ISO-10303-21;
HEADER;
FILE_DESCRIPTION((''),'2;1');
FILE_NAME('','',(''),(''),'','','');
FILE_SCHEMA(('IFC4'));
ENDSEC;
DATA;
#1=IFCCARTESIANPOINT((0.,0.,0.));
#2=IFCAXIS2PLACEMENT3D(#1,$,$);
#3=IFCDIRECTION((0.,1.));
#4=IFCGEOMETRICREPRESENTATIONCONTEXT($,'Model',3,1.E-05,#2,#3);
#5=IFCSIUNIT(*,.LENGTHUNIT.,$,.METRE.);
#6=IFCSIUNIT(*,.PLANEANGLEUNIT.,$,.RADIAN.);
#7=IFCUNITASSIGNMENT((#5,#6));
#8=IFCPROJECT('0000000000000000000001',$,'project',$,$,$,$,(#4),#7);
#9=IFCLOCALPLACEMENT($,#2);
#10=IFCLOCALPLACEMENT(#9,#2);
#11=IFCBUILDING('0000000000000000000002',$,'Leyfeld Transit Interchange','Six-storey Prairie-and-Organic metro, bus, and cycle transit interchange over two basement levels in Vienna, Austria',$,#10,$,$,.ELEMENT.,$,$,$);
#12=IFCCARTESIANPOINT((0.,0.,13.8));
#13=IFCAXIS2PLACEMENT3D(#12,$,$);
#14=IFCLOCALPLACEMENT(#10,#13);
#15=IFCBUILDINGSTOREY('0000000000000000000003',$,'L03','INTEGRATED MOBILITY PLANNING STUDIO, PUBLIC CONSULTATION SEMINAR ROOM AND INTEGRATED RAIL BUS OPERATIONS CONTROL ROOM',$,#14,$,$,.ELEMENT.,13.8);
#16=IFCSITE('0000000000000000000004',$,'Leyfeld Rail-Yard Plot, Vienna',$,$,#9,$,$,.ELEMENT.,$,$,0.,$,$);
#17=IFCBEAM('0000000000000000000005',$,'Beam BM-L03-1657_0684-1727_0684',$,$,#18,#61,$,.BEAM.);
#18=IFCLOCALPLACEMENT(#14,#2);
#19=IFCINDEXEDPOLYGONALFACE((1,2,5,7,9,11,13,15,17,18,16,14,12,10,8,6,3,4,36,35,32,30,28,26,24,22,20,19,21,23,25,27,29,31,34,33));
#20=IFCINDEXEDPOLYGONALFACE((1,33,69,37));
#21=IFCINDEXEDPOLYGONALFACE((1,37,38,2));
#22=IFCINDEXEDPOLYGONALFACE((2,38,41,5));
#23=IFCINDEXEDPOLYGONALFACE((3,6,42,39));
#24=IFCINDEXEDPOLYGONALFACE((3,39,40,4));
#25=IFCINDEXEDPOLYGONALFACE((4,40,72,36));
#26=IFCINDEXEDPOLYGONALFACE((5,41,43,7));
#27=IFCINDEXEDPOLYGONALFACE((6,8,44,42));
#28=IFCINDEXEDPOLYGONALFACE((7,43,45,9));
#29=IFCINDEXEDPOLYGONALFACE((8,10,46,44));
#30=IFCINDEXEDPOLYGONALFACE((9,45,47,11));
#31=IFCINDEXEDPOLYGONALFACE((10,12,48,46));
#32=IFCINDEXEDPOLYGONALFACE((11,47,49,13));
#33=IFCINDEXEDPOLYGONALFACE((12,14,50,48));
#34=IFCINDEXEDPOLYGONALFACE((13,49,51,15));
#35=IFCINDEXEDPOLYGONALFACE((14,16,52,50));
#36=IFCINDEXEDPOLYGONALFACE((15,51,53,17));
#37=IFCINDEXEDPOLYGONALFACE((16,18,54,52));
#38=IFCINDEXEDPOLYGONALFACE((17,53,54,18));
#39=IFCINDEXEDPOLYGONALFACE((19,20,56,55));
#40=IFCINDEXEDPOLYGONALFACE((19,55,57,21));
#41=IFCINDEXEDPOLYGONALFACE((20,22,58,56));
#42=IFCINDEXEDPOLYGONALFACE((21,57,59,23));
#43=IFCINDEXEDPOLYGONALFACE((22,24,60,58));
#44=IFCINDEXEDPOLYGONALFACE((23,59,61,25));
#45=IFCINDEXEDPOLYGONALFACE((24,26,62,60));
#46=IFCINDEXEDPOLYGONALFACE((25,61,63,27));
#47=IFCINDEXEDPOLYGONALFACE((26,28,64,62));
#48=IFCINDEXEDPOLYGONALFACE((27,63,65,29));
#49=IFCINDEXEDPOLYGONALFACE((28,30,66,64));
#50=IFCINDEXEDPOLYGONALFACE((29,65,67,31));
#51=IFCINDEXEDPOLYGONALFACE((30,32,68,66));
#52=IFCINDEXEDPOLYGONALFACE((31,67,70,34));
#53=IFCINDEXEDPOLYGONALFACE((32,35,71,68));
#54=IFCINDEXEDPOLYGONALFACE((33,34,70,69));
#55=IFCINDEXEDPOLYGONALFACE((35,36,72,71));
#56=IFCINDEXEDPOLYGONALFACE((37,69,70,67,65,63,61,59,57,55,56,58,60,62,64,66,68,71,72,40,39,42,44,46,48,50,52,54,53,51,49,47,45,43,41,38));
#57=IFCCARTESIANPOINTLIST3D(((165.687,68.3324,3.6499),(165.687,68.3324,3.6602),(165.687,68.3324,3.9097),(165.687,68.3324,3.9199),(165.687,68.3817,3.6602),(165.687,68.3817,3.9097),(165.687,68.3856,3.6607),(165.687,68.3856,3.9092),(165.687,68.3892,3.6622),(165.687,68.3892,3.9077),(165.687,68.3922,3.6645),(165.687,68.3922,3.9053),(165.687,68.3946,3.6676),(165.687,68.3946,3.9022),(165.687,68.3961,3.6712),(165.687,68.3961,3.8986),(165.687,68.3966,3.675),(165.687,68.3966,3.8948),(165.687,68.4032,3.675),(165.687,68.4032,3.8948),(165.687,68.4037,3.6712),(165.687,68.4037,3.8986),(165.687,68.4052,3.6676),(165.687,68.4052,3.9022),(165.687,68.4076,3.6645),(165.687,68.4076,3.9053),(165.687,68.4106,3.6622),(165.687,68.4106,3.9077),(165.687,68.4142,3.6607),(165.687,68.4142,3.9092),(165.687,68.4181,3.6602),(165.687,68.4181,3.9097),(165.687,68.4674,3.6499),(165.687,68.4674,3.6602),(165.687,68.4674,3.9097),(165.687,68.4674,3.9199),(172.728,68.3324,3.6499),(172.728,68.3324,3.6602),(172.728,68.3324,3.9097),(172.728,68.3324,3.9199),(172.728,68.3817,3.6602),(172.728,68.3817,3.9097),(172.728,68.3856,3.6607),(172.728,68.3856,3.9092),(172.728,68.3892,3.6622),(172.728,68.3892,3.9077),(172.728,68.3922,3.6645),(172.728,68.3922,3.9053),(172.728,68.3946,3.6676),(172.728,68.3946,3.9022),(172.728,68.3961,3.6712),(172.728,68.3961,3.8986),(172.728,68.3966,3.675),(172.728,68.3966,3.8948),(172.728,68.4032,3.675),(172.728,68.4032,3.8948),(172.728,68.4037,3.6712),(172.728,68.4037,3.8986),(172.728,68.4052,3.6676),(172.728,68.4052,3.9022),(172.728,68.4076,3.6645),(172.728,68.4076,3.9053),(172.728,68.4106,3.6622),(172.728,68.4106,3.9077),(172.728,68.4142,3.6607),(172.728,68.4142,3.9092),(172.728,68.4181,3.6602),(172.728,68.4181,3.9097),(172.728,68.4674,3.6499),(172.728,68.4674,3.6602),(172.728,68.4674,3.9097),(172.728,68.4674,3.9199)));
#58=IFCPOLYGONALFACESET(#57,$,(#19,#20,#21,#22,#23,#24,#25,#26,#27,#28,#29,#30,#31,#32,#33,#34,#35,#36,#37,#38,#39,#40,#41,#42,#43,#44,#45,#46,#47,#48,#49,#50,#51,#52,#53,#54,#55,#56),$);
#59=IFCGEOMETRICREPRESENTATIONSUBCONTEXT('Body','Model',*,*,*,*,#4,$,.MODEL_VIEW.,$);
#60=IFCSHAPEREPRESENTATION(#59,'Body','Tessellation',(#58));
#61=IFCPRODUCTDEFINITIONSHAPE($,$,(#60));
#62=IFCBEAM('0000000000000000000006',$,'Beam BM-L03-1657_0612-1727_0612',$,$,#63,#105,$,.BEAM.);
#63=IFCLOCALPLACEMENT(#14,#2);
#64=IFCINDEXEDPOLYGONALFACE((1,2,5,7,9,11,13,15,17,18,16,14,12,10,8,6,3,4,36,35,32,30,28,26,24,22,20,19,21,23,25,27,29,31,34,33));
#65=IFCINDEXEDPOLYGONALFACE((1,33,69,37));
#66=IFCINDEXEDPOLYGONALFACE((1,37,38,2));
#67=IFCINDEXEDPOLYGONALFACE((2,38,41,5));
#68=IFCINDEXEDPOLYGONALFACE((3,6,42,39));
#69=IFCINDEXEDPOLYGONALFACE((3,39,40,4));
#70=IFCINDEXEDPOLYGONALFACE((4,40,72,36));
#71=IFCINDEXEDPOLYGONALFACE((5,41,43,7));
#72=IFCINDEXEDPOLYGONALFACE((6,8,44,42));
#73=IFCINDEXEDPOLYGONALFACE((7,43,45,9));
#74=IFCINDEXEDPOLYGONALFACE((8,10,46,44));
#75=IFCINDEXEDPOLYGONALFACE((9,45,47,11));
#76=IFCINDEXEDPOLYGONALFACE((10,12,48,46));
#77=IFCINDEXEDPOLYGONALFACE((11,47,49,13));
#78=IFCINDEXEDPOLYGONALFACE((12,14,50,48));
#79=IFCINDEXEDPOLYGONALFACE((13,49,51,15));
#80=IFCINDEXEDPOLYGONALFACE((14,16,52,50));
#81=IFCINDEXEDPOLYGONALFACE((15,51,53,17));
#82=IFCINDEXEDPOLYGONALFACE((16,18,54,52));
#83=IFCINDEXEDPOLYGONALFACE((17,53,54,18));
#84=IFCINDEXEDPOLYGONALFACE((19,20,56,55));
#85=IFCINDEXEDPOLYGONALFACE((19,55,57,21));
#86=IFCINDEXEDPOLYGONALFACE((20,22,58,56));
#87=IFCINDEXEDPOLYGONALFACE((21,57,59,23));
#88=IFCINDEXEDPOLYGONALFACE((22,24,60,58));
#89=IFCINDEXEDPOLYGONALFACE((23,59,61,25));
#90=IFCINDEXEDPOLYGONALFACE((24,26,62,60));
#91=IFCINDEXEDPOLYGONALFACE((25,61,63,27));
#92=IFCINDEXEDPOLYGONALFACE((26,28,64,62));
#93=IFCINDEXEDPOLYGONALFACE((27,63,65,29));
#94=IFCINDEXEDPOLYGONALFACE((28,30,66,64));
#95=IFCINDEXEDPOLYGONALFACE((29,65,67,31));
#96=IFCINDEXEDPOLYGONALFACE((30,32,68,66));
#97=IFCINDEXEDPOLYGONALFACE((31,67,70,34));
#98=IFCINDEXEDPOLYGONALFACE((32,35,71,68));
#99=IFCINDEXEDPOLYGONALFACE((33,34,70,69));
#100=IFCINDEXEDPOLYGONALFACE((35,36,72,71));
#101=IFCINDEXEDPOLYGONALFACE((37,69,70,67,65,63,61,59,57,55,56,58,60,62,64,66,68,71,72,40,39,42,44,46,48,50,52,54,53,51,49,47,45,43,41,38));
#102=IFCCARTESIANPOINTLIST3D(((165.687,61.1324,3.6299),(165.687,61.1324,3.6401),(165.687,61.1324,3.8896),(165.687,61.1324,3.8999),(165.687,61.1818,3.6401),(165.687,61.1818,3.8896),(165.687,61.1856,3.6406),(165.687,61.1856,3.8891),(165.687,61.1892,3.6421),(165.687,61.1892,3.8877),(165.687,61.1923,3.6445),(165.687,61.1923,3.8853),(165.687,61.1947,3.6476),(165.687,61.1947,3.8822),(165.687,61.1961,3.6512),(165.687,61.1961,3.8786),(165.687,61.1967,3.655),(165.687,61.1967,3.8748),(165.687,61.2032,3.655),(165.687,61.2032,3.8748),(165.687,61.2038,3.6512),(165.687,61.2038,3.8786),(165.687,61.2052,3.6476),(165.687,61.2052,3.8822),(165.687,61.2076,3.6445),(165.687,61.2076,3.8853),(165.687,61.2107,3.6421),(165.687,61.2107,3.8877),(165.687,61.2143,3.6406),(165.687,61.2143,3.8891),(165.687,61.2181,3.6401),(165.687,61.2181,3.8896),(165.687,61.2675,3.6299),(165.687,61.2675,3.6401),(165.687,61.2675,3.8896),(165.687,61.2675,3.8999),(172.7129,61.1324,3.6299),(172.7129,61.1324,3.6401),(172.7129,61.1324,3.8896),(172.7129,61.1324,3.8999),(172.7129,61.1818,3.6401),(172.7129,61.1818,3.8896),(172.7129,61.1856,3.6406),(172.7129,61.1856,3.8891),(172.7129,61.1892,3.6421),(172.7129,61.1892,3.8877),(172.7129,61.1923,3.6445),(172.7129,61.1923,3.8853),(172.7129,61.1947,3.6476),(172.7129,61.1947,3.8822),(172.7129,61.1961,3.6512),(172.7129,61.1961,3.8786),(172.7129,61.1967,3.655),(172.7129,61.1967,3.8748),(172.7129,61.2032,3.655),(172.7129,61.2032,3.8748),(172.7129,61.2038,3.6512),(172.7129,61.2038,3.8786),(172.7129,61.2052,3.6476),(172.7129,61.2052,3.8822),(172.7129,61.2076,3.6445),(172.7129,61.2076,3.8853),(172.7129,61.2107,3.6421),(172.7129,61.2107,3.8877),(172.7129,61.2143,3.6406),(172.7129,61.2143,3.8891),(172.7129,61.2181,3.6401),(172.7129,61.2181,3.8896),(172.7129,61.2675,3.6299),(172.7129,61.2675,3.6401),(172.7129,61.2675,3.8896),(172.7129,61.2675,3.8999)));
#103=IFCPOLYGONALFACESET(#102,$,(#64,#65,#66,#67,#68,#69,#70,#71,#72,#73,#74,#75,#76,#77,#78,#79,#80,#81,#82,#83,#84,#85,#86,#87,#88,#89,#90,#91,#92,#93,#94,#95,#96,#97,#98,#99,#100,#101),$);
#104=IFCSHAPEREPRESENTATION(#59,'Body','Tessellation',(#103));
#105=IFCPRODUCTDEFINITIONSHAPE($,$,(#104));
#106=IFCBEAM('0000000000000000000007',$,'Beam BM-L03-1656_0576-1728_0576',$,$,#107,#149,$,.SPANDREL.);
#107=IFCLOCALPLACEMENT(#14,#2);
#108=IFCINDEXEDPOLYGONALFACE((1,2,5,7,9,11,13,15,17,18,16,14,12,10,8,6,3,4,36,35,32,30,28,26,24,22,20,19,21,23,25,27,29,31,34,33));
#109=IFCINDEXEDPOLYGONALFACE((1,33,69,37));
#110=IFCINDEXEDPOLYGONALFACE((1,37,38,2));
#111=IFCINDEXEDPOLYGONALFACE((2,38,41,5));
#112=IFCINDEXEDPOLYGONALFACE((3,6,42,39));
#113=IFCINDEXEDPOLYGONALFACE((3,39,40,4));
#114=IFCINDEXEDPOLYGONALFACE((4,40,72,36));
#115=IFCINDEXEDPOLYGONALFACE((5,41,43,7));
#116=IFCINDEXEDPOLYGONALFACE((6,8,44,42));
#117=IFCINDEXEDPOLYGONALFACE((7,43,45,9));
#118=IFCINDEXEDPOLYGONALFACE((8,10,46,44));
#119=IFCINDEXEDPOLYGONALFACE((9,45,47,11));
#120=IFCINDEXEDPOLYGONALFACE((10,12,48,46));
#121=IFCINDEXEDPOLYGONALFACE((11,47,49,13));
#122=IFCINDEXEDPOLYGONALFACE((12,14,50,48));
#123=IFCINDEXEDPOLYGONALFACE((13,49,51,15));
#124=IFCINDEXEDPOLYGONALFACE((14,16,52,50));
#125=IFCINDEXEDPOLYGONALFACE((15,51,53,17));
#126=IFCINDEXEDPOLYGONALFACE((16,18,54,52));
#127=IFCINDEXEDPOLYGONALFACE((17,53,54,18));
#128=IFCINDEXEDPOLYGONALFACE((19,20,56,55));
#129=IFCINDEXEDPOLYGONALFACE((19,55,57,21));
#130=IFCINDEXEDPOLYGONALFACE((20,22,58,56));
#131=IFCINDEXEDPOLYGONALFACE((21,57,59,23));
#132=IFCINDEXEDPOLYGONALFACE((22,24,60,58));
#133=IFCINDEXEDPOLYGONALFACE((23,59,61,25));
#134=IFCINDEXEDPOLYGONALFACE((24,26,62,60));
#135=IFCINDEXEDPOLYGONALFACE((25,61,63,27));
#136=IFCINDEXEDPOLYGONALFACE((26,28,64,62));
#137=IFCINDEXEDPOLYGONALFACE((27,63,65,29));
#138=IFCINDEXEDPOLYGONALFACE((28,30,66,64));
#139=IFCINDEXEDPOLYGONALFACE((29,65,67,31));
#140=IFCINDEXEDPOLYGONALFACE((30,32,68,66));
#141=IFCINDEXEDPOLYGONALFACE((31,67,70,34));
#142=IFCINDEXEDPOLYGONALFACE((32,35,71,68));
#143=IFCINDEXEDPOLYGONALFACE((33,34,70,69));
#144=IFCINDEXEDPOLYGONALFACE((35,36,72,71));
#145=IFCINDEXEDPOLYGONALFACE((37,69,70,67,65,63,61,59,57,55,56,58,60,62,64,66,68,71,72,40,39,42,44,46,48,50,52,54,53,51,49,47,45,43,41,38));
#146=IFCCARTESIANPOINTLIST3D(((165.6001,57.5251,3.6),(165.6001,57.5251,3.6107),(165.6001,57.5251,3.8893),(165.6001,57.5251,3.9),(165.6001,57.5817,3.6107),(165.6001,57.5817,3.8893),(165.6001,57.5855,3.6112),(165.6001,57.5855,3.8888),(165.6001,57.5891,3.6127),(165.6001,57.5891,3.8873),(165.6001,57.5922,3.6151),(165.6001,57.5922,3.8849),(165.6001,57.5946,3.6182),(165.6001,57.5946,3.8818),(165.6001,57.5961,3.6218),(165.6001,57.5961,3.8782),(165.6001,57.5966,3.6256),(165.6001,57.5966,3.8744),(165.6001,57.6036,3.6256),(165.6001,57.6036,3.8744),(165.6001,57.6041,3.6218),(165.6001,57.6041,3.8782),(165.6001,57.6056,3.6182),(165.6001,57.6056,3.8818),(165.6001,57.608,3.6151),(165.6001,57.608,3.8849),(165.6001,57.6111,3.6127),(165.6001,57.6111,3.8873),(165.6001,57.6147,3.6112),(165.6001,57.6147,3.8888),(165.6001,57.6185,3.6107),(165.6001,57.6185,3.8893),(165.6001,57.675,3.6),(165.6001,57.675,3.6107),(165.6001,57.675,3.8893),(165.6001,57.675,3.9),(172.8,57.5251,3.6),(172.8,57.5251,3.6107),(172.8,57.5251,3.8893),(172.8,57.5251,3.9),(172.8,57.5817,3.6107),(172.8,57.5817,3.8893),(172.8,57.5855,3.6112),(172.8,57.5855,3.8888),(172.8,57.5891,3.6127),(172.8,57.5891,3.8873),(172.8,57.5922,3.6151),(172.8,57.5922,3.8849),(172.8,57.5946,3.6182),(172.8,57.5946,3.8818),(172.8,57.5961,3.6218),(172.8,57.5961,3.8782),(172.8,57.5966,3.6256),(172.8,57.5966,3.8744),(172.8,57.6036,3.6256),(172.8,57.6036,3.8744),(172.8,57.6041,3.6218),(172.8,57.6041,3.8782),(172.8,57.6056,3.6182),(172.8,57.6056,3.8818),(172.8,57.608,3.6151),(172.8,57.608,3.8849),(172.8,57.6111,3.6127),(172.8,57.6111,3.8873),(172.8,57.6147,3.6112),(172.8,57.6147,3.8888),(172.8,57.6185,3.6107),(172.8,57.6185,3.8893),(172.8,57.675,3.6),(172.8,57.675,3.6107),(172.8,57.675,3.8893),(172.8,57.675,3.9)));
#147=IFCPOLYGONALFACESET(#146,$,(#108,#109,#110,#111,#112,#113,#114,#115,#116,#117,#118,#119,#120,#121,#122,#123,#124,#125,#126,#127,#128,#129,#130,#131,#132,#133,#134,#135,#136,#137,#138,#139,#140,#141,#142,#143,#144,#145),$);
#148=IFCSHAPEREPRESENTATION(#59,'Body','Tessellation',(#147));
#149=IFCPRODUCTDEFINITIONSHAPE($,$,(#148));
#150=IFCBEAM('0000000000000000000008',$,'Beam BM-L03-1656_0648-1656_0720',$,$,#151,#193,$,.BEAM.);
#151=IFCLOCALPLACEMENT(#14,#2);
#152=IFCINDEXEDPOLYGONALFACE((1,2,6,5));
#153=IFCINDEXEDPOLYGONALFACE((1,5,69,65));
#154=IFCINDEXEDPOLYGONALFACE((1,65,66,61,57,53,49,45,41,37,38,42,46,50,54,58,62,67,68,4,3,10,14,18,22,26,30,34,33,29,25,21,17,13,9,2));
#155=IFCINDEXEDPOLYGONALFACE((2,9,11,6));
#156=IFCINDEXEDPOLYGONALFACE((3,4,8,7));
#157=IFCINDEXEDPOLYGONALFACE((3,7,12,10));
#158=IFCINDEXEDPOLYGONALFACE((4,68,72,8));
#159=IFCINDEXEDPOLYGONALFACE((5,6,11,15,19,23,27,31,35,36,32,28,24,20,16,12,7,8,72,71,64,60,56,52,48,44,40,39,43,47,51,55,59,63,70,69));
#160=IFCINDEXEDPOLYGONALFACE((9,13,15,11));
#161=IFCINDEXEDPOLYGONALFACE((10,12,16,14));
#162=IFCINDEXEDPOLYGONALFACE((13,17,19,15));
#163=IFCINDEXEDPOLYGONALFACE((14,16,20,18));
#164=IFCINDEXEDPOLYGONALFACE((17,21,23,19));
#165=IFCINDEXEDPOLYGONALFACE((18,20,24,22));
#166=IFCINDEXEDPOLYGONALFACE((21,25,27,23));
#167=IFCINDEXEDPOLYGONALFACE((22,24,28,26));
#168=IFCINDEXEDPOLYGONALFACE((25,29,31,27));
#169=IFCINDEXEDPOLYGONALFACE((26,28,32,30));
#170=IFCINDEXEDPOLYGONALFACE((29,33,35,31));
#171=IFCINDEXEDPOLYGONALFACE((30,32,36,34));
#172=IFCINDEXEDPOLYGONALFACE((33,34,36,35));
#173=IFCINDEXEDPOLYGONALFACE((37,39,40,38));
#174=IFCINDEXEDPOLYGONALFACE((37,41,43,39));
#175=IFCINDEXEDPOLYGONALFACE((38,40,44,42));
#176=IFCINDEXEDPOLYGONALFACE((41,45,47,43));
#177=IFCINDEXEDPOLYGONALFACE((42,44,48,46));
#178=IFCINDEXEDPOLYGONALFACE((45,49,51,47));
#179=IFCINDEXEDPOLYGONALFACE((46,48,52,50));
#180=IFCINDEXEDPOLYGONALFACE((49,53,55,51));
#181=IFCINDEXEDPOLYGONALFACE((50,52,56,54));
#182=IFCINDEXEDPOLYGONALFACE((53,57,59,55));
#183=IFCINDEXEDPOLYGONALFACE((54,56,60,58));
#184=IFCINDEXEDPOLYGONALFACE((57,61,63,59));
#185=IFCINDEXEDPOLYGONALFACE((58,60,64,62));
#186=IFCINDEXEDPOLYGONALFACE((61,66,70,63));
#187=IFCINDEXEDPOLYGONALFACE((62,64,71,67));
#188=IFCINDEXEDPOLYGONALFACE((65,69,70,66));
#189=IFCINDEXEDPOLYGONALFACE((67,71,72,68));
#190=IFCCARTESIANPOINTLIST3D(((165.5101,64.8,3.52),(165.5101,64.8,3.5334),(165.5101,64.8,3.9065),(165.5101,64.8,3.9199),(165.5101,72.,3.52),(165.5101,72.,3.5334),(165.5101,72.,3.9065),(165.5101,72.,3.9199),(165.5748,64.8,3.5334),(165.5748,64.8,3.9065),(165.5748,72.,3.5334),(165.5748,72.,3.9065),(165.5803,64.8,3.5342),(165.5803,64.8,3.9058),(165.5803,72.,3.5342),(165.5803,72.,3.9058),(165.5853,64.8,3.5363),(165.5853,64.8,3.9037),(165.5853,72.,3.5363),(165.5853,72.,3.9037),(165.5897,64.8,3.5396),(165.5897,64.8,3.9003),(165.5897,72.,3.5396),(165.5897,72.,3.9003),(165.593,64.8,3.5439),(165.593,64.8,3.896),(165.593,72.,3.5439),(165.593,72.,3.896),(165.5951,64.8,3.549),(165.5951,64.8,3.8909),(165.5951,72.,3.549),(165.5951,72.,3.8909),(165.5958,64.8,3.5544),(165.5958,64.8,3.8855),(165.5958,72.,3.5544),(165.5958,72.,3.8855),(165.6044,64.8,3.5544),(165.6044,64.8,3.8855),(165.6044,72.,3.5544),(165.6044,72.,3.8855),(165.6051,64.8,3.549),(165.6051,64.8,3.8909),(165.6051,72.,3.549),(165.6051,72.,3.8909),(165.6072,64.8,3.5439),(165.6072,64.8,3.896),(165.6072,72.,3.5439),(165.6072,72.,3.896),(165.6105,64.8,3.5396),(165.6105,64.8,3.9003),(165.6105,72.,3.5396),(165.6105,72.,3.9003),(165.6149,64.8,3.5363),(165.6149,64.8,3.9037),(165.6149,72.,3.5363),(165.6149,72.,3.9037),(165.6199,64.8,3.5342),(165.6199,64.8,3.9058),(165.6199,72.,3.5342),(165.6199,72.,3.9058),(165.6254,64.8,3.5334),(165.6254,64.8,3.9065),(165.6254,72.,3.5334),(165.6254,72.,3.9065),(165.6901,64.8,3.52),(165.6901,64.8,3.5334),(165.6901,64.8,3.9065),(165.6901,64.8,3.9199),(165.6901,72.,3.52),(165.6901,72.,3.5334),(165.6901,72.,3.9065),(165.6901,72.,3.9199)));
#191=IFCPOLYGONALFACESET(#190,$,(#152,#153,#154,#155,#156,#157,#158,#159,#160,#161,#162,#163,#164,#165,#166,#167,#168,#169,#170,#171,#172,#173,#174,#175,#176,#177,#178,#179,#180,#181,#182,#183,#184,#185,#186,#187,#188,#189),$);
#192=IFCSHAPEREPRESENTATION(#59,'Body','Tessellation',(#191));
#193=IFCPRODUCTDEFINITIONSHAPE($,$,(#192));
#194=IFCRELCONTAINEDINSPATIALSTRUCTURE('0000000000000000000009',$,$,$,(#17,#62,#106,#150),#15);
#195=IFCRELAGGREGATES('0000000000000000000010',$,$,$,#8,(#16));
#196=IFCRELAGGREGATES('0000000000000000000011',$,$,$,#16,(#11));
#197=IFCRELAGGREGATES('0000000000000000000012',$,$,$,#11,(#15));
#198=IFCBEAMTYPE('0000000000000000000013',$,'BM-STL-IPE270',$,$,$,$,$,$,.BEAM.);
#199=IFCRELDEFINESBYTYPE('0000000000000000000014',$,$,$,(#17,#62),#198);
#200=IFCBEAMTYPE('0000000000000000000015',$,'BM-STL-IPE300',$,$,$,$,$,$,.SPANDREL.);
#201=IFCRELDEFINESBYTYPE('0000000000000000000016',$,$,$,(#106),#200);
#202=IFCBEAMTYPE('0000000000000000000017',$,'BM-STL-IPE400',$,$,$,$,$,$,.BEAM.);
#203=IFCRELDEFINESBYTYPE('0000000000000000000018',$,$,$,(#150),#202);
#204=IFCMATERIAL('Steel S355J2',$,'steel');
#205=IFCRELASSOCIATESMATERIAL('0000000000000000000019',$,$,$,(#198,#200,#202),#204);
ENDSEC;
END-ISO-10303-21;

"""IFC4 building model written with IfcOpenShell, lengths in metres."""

from ifc_helpers import new_model, si_unit, direction, frame, origin, origin_2d, place, context, subcontext, project, spatial, i_section, extrude, material, material_profile, profile_set, type_object, element, save


model = new_model("IFC4")

# Units and contexts
model_context = context("Model", 3, precision=1e-05, world=origin(), true_north=direction((0.0, 1.0)))
body_context = subcontext(model_context, "Body", "Model", "MODEL_VIEW")
ifc_project = project(units=[si_unit("LENGTHUNIT", "METRE"), si_unit("PLANEANGLEUNIT", "RADIAN")], contexts=[model_context])

# Site, building, storey
site_placement = place(None, origin())
site = spatial("IfcSite", under=ifc_project, at=site_placement, Name="Leyfeld Rail-Yard Plot, Vienna", CompositionType="ELEMENT", RefElevation=0.0)
building_placement = place(site_placement, origin())
building = spatial("IfcBuilding", under=site, at=building_placement, Name="Leyfeld Transit Interchange", Description="Six-storey Prairie-and-Organic metro, bus, and cycle transit interchange over two basement levels in Vienna, Austria", CompositionType="ELEMENT")
storey_placement = place(building_placement, frame((0.0, 0.0, 13.8)))
storey = spatial("IfcBuildingStorey", under=building, at=storey_placement, Name="L03", Description="INTEGRATED MOBILITY PLANNING STUDIO, PUBLIC CONSULTATION SEMINAR ROOM AND INTEGRATED RAIL BUS OPERATIONS CONTROL ROOM", CompositionType="ELEMENT", Elevation=13.8)

# Shared definitions
ifc_material_1 = material(Name="Steel S355J2", Category="steel")

# Beams
ifc_material_profile_1 = material_profile(ifc_material_1, i_section(OverallWidth=0.135, OverallDepth=0.27, WebThickness=0.0066, FlangeThickness=0.0103, FilletRadius=0.0149, at=origin_2d()), Name="IPE 270")
ifc_profile_set_1 = profile_set([ifc_material_profile_1], Name="Steel S355J2")
beam_type_1 = type_object("IfcBeamType", Name="BM-STL-IPE270", PredefinedType="BEAM", material=ifc_profile_set_1)
beam_1_placement = place(storey_placement, frame((165.687, 68.3999, 3.7849), z_axis=(1.0, 0.0, 0.0), x_axis=(0.0, 1.0, 0.0)))
element("IfcBeam", 1, at=beam_1_placement, inside=storey, type_object=beam_type_1, Name="Beam BM-L03-1657_0684-1727_0684", PredefinedType="BEAM", context=body_context, shape_type="SweptSolid", body=[
    extrude(i_section(OverallWidth=0.135, OverallDepth=0.27, WebThickness=0.0066, FlangeThickness=0.0103, FilletRadius=0.0149, at=origin_2d()), origin(), (0.0, 0.0, 1.0), 7.041),
])
beam_2_placement = place(storey_placement, frame((165.687, 61.2, 3.7649), z_axis=(1.0, 0.0, 0.0), x_axis=(0.0, 1.0, 0.0)))
element("IfcBeam", 2, at=beam_2_placement, inside=storey, type_object=beam_type_1, Name="Beam BM-L03-1657_0612-1727_0612", PredefinedType="BEAM", context=body_context, shape_type="SweptSolid", body=[
    extrude(i_section(OverallWidth=0.135, OverallDepth=0.27, WebThickness=0.0066, FlangeThickness=0.0103, FilletRadius=0.0149, at=origin_2d()), origin(), (0.0, 0.0, 1.0), 7.0259),
])
ifc_material_profile_2 = material_profile(ifc_material_1, i_section(OverallWidth=0.1499, OverallDepth=0.3, WebThickness=0.0071, FlangeThickness=0.0107, FilletRadius=0.0149, at=origin_2d()), Name="IPE 300")
ifc_profile_set_2 = profile_set([ifc_material_profile_2], Name="Steel S355J2")
beam_type_2 = type_object("IfcBeamType", Name="BM-STL-IPE300", PredefinedType="SPANDREL", material=ifc_profile_set_2)
beam_3_placement = place(storey_placement, frame((165.6001, 57.6001, 3.75), z_axis=(1.0, 0.0, 0.0), x_axis=(0.0, 1.0, 0.0)))
element("IfcBeam", 3, at=beam_3_placement, inside=storey, type_object=beam_type_2, Name="Beam BM-L03-1656_0576-1728_0576", PredefinedType="SPANDREL", context=body_context, shape_type="SweptSolid", body=[
    extrude(i_section(OverallWidth=0.1499, OverallDepth=0.3, WebThickness=0.0071, FlangeThickness=0.0107, FilletRadius=0.0149, at=origin_2d()), origin(), (0.0, 0.0, 1.0), 7.2),
])
ifc_material_profile_3 = material_profile(ifc_material_1, i_section(OverallWidth=0.1799, OverallDepth=0.3999, WebThickness=0.0085, FlangeThickness=0.0134, FilletRadius=0.021, at=origin_2d()), Name="IPE 400")
ifc_profile_set_3 = profile_set([ifc_material_profile_3], Name="Steel S355J2")
beam_type_3 = type_object("IfcBeamType", Name="BM-STL-IPE400", PredefinedType="BEAM", material=ifc_profile_set_3)
for number, where, z_axis, x_axis, name in (
    (4, (165.6001, 64.8, 3.72), (0.0, 1.0, 0.0), (-1.0, 0.0, 0.0), "Beam BM-L03-1656_0648-1656_0720"),
):
    element("IfcBeam", number, at=place(storey_placement, frame(where, z_axis=z_axis, x_axis=x_axis)), inside=storey, type_object=beam_type_3, Name=name, PredefinedType="BEAM", context=body_context, shape_type="SweptSolid", body=[
        extrude(i_section(OverallWidth=0.1799, OverallDepth=0.3999, WebThickness=0.0085, FlangeThickness=0.0134, FilletRadius=0.021, at=origin_2d()), origin(), (0.0, 0.0, 1.0), 7.2),
    ])

save(model, "model.ifc")
